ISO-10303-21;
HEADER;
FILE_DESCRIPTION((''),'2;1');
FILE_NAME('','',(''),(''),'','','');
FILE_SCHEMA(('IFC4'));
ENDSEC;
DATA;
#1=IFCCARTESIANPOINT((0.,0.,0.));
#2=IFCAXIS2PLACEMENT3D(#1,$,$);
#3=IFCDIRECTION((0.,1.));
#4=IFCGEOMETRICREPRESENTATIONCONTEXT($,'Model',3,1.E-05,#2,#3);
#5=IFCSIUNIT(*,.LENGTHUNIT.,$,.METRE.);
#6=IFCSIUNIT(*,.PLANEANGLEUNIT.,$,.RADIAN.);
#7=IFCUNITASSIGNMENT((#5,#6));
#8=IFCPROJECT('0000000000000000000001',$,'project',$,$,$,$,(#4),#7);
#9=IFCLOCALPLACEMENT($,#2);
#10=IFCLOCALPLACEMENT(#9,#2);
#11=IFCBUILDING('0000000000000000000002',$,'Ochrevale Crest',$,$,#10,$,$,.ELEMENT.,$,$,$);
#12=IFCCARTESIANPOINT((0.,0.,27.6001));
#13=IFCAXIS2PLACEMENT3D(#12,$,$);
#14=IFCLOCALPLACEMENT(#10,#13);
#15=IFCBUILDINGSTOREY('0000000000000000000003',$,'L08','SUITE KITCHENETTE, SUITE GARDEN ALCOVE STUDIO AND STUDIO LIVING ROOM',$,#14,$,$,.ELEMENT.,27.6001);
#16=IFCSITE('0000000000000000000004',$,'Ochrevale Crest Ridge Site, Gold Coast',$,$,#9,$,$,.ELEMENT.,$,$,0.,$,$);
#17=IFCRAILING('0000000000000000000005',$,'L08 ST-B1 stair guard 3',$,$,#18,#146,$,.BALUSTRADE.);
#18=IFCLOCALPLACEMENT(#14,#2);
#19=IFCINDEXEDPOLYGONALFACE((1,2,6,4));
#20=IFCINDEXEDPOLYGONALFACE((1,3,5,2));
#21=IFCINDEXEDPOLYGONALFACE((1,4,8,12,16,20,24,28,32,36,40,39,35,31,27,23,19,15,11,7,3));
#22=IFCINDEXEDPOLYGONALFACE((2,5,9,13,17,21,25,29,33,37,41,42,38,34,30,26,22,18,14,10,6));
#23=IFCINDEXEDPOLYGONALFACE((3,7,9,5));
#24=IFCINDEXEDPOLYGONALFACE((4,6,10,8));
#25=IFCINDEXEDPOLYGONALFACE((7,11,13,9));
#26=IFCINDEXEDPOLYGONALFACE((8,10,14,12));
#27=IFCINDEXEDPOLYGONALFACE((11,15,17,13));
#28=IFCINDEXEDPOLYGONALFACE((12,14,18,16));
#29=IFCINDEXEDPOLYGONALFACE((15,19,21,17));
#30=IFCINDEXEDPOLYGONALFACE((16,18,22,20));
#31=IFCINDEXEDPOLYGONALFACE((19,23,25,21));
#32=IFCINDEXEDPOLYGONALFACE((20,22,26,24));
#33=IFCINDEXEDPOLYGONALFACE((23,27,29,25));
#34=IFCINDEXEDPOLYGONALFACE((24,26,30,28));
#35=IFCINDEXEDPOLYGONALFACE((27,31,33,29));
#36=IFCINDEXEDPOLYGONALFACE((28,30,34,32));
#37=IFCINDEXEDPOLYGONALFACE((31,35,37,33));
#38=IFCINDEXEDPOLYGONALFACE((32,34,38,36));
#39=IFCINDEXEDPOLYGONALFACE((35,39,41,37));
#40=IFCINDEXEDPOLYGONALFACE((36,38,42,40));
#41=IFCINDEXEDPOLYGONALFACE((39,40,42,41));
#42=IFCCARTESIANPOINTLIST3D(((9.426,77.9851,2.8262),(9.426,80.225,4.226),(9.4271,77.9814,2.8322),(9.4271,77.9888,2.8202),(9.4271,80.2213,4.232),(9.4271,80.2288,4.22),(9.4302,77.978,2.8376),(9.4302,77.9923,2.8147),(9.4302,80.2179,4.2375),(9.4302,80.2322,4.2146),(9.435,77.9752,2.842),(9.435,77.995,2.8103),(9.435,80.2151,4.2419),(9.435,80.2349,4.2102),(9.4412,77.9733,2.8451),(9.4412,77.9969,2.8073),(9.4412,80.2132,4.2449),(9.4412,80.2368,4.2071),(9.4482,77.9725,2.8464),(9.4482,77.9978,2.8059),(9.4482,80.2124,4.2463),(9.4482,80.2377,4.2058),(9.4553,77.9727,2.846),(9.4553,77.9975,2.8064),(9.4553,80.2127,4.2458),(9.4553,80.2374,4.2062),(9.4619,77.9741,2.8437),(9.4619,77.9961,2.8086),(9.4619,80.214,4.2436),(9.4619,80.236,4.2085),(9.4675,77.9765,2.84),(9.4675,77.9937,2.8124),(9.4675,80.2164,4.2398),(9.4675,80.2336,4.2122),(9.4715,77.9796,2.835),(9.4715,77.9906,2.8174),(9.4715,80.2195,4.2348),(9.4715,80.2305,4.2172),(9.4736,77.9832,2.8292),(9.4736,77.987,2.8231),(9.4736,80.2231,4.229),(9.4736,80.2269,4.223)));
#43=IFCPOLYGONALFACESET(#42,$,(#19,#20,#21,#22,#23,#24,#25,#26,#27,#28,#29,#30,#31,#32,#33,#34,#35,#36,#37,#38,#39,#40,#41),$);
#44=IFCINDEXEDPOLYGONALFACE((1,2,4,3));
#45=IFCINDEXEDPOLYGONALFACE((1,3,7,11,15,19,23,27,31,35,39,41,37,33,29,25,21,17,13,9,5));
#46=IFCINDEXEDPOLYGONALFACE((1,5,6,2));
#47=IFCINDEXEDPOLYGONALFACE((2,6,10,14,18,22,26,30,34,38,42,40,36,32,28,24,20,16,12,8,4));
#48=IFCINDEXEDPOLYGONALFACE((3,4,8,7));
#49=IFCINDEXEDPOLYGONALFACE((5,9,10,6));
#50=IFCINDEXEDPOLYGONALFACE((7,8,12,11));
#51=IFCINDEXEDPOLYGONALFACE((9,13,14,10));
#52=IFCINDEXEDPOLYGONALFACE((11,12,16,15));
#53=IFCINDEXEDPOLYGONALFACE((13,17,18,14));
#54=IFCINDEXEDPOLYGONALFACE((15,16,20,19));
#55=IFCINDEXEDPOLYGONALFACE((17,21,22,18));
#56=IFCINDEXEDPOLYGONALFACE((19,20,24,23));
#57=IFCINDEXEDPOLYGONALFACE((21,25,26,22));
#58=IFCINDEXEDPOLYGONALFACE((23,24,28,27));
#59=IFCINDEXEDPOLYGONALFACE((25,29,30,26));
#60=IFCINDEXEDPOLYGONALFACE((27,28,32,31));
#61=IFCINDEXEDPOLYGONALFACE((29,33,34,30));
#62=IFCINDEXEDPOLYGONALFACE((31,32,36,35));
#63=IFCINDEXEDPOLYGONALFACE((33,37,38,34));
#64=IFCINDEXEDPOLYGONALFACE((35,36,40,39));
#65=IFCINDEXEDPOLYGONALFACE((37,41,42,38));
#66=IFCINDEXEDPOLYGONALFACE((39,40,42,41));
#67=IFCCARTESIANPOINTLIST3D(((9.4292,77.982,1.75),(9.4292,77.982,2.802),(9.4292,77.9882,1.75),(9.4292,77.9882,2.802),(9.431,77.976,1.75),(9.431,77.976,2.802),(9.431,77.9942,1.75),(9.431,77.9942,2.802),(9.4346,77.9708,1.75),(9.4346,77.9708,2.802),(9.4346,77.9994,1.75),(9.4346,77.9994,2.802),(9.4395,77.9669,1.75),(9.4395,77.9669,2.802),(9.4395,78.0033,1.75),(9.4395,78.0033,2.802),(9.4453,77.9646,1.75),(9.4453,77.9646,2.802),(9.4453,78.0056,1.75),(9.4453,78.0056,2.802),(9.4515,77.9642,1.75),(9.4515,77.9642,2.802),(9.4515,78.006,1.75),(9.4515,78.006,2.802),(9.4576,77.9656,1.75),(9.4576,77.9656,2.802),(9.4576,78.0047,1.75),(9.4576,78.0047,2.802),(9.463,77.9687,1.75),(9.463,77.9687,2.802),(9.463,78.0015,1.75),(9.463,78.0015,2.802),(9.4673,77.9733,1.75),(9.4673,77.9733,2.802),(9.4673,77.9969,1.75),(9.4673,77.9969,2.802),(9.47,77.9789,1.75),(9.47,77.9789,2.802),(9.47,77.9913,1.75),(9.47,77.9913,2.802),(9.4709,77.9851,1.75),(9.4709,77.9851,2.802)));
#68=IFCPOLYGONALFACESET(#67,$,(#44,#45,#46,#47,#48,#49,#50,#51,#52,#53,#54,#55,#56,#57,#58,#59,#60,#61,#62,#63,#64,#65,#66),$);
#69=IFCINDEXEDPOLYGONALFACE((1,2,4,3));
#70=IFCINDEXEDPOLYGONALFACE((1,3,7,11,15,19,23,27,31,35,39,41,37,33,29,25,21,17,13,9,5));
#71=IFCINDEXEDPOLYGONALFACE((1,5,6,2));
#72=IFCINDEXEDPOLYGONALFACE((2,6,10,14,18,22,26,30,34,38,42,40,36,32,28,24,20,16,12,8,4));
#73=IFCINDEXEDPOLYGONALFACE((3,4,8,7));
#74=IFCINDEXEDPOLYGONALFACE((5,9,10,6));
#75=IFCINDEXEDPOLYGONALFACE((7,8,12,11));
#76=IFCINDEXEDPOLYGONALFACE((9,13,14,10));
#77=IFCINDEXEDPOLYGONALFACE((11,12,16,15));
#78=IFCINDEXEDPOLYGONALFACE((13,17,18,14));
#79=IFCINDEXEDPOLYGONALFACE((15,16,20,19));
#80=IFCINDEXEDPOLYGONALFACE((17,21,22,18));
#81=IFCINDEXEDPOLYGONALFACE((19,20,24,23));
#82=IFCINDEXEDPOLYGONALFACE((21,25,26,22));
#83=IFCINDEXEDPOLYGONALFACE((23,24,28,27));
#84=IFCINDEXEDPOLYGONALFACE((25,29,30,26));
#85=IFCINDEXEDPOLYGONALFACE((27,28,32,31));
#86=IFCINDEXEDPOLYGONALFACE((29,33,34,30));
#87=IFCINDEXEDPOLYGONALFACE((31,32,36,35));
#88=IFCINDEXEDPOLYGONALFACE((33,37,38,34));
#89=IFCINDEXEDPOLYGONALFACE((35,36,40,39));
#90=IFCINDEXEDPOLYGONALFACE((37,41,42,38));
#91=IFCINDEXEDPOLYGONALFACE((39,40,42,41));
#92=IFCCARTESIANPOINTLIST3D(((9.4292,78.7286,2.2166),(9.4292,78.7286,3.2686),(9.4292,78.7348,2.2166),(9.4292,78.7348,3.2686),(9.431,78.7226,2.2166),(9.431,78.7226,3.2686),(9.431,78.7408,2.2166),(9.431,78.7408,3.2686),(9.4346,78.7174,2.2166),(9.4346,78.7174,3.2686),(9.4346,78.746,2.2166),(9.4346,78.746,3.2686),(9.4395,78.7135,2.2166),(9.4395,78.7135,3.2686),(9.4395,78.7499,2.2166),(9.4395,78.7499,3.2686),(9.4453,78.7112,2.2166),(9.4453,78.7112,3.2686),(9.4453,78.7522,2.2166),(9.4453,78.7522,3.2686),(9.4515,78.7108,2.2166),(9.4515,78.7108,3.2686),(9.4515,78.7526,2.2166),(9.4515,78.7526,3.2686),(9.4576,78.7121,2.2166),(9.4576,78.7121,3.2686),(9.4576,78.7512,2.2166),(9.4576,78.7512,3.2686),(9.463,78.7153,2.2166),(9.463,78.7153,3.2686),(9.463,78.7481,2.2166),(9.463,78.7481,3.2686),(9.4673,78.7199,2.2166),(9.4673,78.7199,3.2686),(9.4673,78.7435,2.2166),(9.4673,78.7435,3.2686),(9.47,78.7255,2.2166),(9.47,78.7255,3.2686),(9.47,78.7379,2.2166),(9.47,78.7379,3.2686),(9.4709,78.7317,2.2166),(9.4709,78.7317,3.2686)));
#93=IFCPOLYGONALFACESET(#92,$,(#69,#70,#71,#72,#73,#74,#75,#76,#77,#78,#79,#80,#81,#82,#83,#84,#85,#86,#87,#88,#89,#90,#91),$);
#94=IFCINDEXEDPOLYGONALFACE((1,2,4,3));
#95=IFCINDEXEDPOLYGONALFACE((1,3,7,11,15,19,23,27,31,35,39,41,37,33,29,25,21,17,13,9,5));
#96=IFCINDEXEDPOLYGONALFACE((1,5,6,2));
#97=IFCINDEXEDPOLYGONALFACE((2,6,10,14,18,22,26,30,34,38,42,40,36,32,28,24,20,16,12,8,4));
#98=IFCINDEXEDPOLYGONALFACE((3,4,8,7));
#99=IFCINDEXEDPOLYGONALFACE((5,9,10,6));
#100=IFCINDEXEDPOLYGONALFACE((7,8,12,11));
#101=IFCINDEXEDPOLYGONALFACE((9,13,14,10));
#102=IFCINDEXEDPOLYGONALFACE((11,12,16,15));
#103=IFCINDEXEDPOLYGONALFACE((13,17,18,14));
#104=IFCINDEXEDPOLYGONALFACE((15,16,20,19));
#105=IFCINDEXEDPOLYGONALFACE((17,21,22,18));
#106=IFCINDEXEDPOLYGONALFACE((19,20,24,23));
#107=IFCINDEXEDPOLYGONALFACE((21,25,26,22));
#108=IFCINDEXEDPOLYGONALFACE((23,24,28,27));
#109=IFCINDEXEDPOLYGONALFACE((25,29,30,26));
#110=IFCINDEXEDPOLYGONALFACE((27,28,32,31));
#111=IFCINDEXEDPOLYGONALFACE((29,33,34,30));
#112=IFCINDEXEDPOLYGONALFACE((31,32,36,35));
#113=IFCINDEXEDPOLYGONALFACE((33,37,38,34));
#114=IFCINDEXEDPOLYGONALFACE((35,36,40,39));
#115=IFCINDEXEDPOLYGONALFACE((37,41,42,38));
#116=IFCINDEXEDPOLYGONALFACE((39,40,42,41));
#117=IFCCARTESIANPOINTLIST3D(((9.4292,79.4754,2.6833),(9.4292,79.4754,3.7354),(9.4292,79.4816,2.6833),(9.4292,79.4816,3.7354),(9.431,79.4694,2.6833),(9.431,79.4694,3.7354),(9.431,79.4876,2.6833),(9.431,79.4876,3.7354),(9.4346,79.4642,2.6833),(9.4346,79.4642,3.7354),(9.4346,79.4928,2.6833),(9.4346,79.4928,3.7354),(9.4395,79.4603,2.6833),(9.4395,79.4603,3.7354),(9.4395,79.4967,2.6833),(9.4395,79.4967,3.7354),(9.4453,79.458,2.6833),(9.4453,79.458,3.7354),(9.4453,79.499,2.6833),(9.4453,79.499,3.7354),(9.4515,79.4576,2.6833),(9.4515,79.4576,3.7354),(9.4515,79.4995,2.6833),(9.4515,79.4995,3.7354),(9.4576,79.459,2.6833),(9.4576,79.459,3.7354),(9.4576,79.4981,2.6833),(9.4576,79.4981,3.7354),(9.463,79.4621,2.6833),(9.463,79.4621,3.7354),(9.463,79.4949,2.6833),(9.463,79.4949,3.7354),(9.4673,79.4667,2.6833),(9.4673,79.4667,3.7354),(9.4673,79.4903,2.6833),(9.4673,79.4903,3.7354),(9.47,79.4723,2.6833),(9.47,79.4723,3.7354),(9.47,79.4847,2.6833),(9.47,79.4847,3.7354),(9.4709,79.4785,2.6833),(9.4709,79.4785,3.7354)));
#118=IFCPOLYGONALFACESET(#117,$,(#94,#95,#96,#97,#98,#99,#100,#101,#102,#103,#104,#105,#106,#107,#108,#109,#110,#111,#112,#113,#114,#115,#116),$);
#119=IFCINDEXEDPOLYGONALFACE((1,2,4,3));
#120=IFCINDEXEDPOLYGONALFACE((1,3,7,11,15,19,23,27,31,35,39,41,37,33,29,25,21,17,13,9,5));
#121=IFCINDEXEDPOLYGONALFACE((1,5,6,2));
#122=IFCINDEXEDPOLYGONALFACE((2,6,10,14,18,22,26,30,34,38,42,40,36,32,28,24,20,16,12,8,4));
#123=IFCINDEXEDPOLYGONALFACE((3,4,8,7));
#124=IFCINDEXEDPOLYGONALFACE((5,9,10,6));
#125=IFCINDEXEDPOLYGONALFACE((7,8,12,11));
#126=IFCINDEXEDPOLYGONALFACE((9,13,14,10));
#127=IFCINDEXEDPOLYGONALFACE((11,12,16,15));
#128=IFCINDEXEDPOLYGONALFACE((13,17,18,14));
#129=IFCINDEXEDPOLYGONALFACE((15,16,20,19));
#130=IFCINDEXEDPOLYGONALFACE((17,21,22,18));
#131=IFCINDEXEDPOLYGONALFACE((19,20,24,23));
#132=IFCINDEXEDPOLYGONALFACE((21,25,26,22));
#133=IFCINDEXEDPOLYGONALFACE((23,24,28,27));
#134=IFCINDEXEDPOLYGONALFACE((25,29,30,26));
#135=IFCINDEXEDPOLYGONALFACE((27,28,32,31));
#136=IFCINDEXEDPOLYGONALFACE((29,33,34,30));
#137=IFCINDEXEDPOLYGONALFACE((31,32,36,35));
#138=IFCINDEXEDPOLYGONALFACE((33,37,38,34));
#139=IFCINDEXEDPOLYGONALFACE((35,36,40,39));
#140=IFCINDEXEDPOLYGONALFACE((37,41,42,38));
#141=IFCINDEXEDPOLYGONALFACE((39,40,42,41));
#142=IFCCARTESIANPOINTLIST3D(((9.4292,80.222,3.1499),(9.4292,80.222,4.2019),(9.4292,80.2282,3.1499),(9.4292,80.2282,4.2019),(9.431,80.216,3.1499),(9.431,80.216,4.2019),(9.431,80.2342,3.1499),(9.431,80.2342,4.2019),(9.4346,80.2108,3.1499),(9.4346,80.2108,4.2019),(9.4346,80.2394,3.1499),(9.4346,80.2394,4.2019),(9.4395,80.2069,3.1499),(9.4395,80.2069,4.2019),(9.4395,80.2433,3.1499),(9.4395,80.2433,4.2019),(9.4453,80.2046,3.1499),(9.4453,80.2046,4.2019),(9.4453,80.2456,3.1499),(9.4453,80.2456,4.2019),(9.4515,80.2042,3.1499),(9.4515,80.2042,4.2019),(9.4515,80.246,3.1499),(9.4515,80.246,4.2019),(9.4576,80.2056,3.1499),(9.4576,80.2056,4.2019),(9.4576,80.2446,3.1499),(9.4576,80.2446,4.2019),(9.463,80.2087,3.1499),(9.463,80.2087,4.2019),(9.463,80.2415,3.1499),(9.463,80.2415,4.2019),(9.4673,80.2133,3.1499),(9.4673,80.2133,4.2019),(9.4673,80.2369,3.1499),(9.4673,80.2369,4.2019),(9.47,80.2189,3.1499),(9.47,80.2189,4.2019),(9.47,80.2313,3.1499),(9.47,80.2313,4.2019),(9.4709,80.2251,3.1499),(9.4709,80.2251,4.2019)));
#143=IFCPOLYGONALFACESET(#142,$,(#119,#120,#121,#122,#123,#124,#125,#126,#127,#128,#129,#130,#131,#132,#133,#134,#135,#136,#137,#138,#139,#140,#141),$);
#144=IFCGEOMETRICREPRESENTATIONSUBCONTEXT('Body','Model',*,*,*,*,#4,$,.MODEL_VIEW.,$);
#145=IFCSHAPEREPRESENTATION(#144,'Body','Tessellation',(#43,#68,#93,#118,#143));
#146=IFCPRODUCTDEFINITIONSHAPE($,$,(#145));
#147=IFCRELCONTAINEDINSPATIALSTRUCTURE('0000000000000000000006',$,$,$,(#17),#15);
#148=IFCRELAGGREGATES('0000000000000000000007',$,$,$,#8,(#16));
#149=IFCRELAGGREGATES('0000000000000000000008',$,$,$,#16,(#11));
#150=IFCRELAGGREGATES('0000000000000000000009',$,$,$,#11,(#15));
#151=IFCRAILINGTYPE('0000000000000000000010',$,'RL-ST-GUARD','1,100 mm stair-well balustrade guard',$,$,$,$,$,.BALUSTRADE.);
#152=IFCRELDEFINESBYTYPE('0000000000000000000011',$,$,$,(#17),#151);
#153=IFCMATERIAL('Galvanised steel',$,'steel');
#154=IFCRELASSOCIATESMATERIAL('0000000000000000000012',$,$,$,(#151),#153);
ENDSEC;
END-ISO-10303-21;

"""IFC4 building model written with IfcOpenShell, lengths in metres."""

from ifc_helpers import new_model, si_unit, direction, frame, origin, origin_2d, place, context, subcontext, project, spatial, circle, extrude, material, type_object, element, save


model = new_model("IFC4")

# Units and contexts
model_context = context("Model", 3, precision=1e-05, world=origin(), true_north=direction((0.0, 1.0)))
body_context = subcontext(model_context, "Body", "Model", "MODEL_VIEW")
ifc_project = project(units=[si_unit("LENGTHUNIT", "METRE"), si_unit("PLANEANGLEUNIT", "RADIAN")], contexts=[model_context])

# Site, building, storey
site_placement = place(None, origin())
site = spatial("IfcSite", under=ifc_project, at=site_placement, Name="Ochrevale Crest Ridge Site, Gold Coast", CompositionType="ELEMENT", RefElevation=0.0)
building_placement = place(site_placement, origin())
building = spatial("IfcBuilding", under=site, at=building_placement, Name="Ochrevale Crest", CompositionType="ELEMENT")
storey_placement = place(building_placement, frame((0.0, 0.0, 27.6001)))
storey = spatial("IfcBuildingStorey", under=building, at=storey_placement, Name="L08", Description="SUITE KITCHENETTE, SUITE GARDEN ALCOVE STUDIO AND STUDIO LIVING ROOM", CompositionType="ELEMENT", Elevation=27.6001)

# Railing
ifc_material_1 = material(Name="Galvanised steel", Category="steel")
railing_type_1 = type_object("IfcRailingType", Name="RL-ST-GUARD", Description="1,100 mm stair-well balustrade guard", PredefinedType="BALUSTRADE", material=ifc_material_1)
railing_1_placement = place(storey_placement, frame((9.45, 77.9851, 1.75)))
element("IfcRailing", 1, at=railing_1_placement, inside=storey, type_object=railing_type_1, Name="L08 ST-B1 stair guard 3", PredefinedType="BALUSTRADE", context=body_context, shape_type="SweptSolid", body=[
    extrude(circle(Radius=0.0239, at=origin_2d()), frame((0.0, 0.0, 1.0762), z_axis=(0.0, 0.848014, 0.529974), x_axis=(-1.0, 0.0, 0.0)), (0.0, 0.0, 1.0), 2.6414),
    extrude(circle(Radius=0.021, at=origin_2d()), origin(), (0.0, 0.0, 1.0), 1.052),
    extrude(circle(Radius=0.021, at=origin_2d()), frame((0.0, 0.7466, 0.4666)), (0.0, 0.0, 1.0), 1.052),
    extrude(circle(Radius=0.021, at=origin_2d()), frame((0.0, 1.4934, 0.9333)), (0.0, 0.0, 1.0), 1.052),
    extrude(circle(Radius=0.021, at=origin_2d()), frame((0.0, 2.24, 1.3999)), (0.0, 0.0, 1.0), 1.052),
])

save(model, "model.ifc")
